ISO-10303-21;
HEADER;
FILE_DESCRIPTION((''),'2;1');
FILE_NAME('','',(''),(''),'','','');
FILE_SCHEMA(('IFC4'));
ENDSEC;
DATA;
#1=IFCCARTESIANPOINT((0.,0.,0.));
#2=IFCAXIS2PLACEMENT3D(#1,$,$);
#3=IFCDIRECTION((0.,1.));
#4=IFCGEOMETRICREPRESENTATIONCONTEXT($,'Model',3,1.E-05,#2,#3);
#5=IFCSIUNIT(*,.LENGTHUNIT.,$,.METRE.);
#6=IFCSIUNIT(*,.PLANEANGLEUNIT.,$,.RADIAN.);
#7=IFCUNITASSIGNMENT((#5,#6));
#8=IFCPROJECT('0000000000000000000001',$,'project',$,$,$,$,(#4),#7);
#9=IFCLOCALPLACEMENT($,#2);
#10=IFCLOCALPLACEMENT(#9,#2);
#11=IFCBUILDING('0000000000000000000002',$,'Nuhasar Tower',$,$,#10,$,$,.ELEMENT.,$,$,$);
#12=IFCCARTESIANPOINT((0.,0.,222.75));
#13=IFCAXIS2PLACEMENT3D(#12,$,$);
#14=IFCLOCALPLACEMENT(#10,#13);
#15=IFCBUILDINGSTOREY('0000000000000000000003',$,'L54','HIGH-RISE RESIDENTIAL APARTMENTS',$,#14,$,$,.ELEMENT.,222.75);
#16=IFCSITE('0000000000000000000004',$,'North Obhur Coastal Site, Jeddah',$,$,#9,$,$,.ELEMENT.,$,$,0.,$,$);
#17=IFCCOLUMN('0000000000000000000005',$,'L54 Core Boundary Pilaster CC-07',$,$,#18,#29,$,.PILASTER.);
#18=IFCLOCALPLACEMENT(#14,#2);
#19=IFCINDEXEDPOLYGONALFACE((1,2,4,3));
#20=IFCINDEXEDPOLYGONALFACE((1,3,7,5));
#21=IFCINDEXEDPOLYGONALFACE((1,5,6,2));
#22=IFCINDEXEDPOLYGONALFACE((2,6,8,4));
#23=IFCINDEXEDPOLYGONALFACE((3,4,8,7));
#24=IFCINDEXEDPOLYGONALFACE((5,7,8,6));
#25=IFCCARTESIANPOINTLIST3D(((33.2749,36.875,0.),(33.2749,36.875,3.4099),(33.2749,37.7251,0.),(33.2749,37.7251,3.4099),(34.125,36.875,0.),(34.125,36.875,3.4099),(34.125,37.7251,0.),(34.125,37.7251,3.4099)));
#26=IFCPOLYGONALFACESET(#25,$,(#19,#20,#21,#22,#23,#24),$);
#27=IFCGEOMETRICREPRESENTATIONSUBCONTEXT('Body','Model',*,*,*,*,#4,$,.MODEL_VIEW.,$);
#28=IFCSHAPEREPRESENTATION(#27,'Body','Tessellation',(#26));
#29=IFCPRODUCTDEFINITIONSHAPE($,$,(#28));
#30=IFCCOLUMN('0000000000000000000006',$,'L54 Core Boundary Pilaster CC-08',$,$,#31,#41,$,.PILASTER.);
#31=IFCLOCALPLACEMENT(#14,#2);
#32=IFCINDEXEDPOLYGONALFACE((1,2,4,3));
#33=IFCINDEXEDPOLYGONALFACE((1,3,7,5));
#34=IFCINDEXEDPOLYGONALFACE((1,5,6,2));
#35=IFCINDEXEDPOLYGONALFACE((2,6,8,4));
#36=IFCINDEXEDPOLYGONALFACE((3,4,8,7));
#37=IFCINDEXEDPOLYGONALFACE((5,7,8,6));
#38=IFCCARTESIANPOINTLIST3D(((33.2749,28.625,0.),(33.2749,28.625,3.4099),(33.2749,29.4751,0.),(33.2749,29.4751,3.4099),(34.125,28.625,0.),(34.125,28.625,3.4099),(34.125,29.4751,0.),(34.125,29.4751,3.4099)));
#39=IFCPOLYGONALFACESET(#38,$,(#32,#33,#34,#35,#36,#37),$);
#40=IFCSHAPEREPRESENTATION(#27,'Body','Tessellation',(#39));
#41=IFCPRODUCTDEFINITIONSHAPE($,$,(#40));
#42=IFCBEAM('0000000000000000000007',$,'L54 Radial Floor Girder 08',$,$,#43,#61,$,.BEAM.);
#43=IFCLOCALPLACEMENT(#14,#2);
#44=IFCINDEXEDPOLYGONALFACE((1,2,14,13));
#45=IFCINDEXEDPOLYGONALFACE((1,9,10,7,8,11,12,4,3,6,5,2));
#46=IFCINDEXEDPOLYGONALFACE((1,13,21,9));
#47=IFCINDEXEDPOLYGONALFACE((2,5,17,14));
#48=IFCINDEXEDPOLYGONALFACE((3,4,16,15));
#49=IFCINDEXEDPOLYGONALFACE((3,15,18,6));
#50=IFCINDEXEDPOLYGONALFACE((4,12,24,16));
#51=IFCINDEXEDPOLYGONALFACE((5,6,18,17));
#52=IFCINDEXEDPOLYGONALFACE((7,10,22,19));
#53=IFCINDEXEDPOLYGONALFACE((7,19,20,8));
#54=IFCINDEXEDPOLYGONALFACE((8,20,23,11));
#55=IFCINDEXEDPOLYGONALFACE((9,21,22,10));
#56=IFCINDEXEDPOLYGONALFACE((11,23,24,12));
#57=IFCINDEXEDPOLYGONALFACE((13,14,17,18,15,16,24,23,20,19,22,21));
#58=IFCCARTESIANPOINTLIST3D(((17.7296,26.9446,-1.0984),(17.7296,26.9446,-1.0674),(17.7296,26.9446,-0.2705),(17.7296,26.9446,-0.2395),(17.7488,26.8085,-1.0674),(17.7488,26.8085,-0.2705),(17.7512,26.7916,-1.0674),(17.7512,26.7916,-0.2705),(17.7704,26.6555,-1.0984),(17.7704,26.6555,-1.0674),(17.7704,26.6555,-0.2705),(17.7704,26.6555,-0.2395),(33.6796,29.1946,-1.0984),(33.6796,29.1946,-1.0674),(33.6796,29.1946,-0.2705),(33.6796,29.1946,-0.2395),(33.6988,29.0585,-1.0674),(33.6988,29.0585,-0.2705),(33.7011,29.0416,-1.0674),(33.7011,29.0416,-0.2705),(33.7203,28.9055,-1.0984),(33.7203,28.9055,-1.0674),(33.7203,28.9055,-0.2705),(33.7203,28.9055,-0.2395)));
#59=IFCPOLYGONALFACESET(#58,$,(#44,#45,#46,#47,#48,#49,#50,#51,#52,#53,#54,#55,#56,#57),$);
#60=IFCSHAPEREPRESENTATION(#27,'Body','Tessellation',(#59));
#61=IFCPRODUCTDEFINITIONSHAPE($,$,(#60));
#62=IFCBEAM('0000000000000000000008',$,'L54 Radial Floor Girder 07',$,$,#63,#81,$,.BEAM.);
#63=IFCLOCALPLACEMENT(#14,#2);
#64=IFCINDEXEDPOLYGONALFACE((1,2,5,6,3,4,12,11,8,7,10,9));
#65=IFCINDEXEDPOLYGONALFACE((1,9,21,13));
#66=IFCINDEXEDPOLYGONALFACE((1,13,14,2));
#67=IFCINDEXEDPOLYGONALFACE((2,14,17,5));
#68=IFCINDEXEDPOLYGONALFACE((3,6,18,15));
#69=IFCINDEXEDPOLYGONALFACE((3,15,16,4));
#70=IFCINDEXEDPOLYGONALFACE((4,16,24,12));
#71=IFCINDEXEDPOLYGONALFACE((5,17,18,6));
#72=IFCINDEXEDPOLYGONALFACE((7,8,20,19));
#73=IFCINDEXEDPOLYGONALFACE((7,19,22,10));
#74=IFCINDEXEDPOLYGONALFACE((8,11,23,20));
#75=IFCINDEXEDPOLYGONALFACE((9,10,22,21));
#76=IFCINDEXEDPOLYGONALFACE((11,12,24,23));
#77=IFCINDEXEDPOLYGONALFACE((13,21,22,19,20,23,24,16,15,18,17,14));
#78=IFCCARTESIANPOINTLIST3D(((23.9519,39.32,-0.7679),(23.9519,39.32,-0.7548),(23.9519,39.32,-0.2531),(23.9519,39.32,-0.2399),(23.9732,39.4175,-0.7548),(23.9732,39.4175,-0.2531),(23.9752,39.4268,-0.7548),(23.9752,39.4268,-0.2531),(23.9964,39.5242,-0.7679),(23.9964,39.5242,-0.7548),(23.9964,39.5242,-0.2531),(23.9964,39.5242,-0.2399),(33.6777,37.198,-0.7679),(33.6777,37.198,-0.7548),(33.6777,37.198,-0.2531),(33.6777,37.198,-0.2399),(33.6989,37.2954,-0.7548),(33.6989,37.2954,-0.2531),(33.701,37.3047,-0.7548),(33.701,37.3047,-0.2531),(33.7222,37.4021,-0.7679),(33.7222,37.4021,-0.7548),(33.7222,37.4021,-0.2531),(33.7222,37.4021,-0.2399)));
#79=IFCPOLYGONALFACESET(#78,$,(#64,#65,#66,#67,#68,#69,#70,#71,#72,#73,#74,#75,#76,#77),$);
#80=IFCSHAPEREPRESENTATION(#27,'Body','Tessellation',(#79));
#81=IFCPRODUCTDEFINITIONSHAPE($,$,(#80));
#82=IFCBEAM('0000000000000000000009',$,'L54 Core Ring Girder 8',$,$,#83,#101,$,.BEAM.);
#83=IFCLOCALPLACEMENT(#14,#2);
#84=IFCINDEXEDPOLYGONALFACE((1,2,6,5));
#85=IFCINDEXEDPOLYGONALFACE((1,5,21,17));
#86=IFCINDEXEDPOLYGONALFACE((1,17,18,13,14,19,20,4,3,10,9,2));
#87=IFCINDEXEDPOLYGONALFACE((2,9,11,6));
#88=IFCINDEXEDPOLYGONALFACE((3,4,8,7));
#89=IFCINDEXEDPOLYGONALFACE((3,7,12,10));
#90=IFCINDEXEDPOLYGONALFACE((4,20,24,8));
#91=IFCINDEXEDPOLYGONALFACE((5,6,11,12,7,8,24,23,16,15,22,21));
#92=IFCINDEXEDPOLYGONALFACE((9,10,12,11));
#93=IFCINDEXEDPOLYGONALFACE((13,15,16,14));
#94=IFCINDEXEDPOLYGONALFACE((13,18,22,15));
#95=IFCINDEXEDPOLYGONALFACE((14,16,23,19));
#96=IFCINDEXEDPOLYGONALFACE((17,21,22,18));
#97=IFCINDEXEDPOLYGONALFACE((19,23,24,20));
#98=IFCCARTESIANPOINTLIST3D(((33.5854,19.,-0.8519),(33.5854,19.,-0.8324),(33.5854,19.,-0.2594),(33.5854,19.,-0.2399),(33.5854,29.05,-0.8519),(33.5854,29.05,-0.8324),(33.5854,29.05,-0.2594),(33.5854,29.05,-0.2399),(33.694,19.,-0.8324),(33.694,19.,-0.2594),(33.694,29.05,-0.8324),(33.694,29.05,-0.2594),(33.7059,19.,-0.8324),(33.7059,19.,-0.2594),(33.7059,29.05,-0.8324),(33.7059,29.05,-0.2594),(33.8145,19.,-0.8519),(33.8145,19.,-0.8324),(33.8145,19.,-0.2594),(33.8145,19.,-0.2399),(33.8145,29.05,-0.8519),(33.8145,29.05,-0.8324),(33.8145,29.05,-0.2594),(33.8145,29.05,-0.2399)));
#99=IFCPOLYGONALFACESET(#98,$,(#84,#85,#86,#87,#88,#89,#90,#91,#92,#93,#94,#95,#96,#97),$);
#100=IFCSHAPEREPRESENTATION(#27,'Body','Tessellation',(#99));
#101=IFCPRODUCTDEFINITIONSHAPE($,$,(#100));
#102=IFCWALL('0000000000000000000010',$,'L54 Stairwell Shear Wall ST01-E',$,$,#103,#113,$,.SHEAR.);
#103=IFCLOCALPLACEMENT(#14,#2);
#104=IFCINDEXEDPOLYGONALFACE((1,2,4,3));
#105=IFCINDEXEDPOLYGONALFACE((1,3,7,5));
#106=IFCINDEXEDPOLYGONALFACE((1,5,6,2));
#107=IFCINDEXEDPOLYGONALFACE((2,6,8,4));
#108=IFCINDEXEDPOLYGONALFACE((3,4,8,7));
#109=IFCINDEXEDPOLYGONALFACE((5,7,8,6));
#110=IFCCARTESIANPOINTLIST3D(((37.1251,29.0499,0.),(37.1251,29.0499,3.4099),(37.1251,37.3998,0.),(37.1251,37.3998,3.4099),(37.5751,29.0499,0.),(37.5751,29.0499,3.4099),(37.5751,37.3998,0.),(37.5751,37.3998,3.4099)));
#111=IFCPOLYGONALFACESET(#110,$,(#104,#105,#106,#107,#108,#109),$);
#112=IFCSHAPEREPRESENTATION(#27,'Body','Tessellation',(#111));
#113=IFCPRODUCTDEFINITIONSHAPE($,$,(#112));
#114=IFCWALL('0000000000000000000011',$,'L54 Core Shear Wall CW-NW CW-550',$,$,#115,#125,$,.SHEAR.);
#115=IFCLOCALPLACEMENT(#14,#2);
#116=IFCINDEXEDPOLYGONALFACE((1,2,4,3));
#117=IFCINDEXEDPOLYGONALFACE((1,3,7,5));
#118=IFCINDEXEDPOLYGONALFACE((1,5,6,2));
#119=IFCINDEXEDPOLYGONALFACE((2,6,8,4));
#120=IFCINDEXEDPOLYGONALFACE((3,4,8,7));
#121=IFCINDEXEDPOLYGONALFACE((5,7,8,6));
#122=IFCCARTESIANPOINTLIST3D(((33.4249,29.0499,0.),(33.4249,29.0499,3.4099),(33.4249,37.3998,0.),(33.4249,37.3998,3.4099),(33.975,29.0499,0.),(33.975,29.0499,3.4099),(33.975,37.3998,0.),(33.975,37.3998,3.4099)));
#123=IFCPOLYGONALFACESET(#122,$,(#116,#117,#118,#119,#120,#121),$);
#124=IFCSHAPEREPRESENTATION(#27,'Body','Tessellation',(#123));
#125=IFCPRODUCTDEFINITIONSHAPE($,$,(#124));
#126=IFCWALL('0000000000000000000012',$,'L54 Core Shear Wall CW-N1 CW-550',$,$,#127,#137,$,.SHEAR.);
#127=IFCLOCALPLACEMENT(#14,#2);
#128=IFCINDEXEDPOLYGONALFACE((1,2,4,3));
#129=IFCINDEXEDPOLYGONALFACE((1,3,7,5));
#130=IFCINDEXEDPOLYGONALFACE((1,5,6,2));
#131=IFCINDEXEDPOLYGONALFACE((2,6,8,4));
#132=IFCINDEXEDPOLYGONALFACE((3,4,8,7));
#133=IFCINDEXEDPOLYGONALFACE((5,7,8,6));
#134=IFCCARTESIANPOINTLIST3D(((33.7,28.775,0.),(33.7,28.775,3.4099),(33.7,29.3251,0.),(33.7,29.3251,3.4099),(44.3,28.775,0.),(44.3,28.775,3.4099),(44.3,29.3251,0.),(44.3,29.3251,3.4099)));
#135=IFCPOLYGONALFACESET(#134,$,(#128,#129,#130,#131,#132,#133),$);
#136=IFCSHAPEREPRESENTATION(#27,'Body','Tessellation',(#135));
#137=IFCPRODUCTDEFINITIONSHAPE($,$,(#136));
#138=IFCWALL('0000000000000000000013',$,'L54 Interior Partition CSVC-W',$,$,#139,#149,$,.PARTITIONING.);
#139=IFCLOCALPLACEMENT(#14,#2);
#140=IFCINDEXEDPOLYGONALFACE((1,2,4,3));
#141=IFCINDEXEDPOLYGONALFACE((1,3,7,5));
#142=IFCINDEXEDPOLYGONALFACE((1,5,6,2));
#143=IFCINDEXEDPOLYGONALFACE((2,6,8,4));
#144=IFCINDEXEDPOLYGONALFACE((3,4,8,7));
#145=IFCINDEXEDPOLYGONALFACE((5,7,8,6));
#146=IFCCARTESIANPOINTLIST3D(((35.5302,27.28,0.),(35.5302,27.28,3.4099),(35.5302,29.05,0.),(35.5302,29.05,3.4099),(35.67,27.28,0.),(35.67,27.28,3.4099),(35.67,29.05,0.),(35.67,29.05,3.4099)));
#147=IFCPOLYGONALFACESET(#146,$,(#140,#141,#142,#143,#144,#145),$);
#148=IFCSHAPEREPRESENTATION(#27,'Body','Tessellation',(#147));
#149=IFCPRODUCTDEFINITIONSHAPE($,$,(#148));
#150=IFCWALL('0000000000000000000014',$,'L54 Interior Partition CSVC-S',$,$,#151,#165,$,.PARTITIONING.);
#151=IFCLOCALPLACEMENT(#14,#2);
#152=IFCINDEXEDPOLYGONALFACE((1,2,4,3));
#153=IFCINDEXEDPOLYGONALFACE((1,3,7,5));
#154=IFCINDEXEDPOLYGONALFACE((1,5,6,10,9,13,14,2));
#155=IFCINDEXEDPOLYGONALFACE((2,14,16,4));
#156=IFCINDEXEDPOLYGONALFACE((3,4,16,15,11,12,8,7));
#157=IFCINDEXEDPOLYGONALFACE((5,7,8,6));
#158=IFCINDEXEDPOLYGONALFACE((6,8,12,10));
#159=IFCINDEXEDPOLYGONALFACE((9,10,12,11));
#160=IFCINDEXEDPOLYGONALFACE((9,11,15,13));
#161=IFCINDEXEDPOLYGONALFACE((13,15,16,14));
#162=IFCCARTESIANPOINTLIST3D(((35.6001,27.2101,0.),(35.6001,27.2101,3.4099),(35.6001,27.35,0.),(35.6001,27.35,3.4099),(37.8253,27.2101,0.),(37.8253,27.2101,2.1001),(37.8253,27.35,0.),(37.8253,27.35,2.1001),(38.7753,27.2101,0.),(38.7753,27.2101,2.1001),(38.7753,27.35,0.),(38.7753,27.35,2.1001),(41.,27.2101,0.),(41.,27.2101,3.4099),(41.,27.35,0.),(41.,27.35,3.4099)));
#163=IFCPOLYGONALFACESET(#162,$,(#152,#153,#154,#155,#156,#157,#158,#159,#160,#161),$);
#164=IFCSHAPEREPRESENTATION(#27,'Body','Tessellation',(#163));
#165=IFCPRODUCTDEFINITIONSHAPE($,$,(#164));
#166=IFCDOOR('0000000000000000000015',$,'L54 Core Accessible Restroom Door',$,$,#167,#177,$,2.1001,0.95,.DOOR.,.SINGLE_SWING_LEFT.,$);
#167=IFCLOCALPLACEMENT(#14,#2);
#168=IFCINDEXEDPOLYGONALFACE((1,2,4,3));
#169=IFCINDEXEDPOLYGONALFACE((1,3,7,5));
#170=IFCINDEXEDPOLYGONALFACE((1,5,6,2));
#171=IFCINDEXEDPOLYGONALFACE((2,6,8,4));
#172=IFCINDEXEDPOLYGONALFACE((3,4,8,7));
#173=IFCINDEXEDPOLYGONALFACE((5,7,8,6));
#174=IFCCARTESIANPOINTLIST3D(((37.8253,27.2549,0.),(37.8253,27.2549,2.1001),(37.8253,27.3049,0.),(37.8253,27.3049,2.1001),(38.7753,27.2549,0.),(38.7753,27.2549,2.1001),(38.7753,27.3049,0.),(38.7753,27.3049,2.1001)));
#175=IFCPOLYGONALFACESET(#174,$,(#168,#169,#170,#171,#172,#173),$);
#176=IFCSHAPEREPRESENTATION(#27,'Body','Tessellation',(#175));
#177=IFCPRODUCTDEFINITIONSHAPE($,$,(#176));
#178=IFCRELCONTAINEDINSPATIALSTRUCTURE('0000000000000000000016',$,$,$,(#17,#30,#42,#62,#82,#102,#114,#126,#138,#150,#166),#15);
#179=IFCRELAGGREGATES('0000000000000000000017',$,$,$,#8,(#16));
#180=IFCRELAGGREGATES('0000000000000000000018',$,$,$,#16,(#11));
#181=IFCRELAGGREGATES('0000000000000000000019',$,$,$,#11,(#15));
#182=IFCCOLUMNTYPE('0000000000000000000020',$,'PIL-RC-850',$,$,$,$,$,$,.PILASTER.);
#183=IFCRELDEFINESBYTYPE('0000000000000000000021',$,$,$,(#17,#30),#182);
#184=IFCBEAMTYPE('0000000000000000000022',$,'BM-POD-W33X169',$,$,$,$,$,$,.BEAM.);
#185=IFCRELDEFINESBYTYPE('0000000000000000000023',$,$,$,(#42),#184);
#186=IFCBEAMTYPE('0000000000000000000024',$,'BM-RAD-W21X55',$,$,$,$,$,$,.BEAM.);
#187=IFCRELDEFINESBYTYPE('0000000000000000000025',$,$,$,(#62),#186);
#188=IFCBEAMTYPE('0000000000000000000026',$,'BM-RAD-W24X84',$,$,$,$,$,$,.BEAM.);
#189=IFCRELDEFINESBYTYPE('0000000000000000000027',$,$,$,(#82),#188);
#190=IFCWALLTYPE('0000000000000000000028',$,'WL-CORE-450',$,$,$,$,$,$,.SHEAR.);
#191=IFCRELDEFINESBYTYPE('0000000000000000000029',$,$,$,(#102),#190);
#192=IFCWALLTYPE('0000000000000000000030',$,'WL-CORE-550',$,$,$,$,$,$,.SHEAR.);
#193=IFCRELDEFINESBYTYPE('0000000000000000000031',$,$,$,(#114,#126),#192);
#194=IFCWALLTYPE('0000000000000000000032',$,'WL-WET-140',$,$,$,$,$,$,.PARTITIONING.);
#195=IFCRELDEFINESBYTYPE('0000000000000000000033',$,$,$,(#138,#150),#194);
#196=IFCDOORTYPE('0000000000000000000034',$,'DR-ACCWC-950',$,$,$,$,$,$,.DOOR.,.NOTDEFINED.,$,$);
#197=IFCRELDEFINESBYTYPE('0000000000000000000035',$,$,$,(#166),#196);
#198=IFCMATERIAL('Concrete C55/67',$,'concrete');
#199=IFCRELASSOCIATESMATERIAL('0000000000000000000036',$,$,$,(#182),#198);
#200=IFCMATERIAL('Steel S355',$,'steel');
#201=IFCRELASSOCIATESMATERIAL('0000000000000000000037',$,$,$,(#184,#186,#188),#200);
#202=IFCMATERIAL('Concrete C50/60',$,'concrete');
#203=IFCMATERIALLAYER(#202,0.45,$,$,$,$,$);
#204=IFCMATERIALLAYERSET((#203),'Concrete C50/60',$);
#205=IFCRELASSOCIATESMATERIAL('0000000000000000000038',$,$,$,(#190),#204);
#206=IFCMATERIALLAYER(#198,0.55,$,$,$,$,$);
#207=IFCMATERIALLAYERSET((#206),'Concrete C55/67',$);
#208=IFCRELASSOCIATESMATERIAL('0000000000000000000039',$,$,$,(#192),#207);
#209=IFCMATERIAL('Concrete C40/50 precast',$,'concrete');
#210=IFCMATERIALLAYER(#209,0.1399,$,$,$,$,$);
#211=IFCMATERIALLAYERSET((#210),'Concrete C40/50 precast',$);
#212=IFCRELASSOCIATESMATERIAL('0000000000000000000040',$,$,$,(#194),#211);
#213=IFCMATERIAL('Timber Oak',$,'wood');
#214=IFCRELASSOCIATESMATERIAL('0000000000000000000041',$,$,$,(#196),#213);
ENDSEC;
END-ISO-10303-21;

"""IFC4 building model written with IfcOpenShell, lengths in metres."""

from ifc_helpers import new_model, si_unit, direction, frame, frame_2d, origin, origin_2d, place, context, subcontext, project, spatial, rectangle, i_section, extrude, material, layer, layer_set, material_profile, profile_set, type_object, element, fill, save


model = new_model("IFC4")

# Units and contexts
model_context = context("Model", 3, precision=1e-05, world=origin(), true_north=direction((0.0, 1.0)))
body_context = subcontext(model_context, "Body", "Model", "MODEL_VIEW")
ifc_project = project(units=[si_unit("LENGTHUNIT", "METRE"), si_unit("PLANEANGLEUNIT", "RADIAN")], contexts=[model_context])

# Site, building, storey
site_placement = place(None, origin())
site = spatial("IfcSite", under=ifc_project, at=site_placement, Name="North Obhur Coastal Site, Jeddah", CompositionType="ELEMENT", RefElevation=0.0)
building_placement = place(site_placement, origin())
building = spatial("IfcBuilding", under=site, at=building_placement, Name="Nuhasar Tower", CompositionType="ELEMENT")
storey_placement = place(building_placement, frame((0.0, 0.0, 222.75)))
storey = spatial("IfcBuildingStorey", under=building, at=storey_placement, Name="L54", Description="HIGH-RISE RESIDENTIAL APARTMENTS", CompositionType="ELEMENT", Elevation=222.75)

# Columns
ifc_material_1 = material(Name="Concrete C55/67", Category="concrete")
ifc_material_profile_1 = material_profile(ifc_material_1, rectangle(XDim=0.8501, YDim=0.8501, at=origin_2d()), Name="RC850X850")
ifc_profile_set_1 = profile_set([ifc_material_profile_1], Name="Concrete C55/67")
column_type = type_object("IfcColumnType", Name="PIL-RC-850", PredefinedType="PILASTER", material=ifc_profile_set_1)
for number, where, z_axis, x_axis, name in (
    (1, (33.7, 37.3, 0.0), (0.0, 0.0, 1.0), (1.0, 0.0, 0.0), "L54 Core Boundary Pilaster CC-07"),
    (2, (33.7, 29.05, 0.0), (0.0, 0.0, 1.0), (1.0, 0.0, 0.0), "L54 Core Boundary Pilaster CC-08"),
):
    element("IfcColumn", number, at=place(storey_placement, frame(where, z_axis=z_axis, x_axis=x_axis)), inside=storey, type_object=column_type, Name=name, PredefinedType="PILASTER", context=body_context, shape_type="SweptSolid", body=[
        extrude(rectangle(XDim=0.8501, YDim=0.8501, at=origin_2d()), origin(), (0.0, 0.0, 1.0), 3.4099),
    ])

# Beams
ifc_material_2 = material(Name="Steel S355", Category="steel")
ifc_material_profile_2 = material_profile(ifc_material_2, i_section(OverallWidth=0.292, OverallDepth=0.8589, WebThickness=0.0171, FlangeThickness=0.031, at=origin_2d()), Name="W33X169")
ifc_profile_set_2 = profile_set([ifc_material_profile_2], Name="Steel S355")
beam_type_1 = type_object("IfcBeamType", Name="BM-POD-W33X169", PredefinedType="BEAM", material=ifc_profile_set_2)
beam_1_placement = place(storey_placement, frame((33.7, 29.05, -0.6689), z_axis=(-0.990196, -0.139683, 0.0), x_axis=(0.139683, -0.990196, 0.0)))
element("IfcBeam", 3, at=beam_1_placement, inside=storey, type_object=beam_type_1, Name="L54 Radial Floor Girder 08", PredefinedType="BEAM", context=body_context, shape_type="SweptSolid", body=[
    extrude(i_section(OverallWidth=0.292, OverallDepth=0.8589, WebThickness=0.0171, FlangeThickness=0.031, at=origin_2d()), origin(), (0.0, 0.0, 1.0), 16.1079),
])
ifc_material_profile_3 = material_profile(ifc_material_2, i_section(OverallWidth=0.209, OverallDepth=0.5281, WebThickness=0.0095, FlangeThickness=0.0132, at=origin_2d()), Name="W21X55")
ifc_profile_set_3 = profile_set([ifc_material_profile_3], Name="Steel S355")
beam_type_2 = type_object("IfcBeamType", Name="BM-RAD-W21X55", PredefinedType="BEAM", material=ifc_profile_set_3)
beam_2_placement = place(storey_placement, frame((33.7, 37.3, -0.5039), z_axis=(-0.977014, 0.213174, 0.0), x_axis=(-0.213174, -0.977014, 0.0)))
element("IfcBeam", 4, at=beam_2_placement, inside=storey, type_object=beam_type_2, Name="L54 Radial Floor Girder 07", PredefinedType="BEAM", context=body_context, shape_type="SweptSolid", body=[
    extrude(i_section(OverallWidth=0.209, OverallDepth=0.5281, WebThickness=0.0095, FlangeThickness=0.0132, at=origin_2d()), origin(), (0.0, 0.0, 1.0), 9.9546),
])
ifc_material_profile_4 = material_profile(ifc_material_2, i_section(OverallWidth=0.229, OverallDepth=0.6121, WebThickness=0.012, FlangeThickness=0.0195, at=origin_2d()), Name="W24X84")
ifc_profile_set_4 = profile_set([ifc_material_profile_4], Name="Steel S355")
beam_type_3 = type_object("IfcBeamType", Name="BM-RAD-W24X84", PredefinedType="BEAM", material=ifc_profile_set_4)
beam_3_placement = place(storey_placement, frame((33.7, 29.05, -0.5459), z_axis=(0.0, -1.0, 0.0), x_axis=(1.0, 0.0, 0.0)))
element("IfcBeam", 5, at=beam_3_placement, inside=storey, type_object=beam_type_3, Name="L54 Core Ring Girder 8", PredefinedType="BEAM", context=body_context, shape_type="SweptSolid", body=[
    extrude(i_section(OverallWidth=0.229, OverallDepth=0.6121, WebThickness=0.012, FlangeThickness=0.0195, at=origin_2d()), origin(), (0.0, 0.0, 1.0), 10.05),
])

# Walls
ifc_material_3 = material(Name="Concrete C50/60", Category="concrete")
ifc_layer_1 = layer(ifc_material_3, 0.45)
ifc_layer_set_1 = layer_set([ifc_layer_1], Name="Concrete C50/60")
wall_type_1 = type_object("IfcWallType", Name="WL-CORE-450", PredefinedType="SHEAR", material=ifc_layer_set_1)
wall_1_placement = place(storey_placement, frame((37.3501, 29.05, 0.0), z_axis=(0.0, 0.0, 1.0), x_axis=(0.0, 1.0, 0.0)))
element("IfcWall", 6, at=wall_1_placement, inside=storey, type_object=wall_type_1, Name="L54 Stairwell Shear Wall ST01-E", PredefinedType="SHEAR", context=body_context, shape_type="SweptSolid", body=[
    extrude(rectangle(XDim=8.3499, YDim=0.45, at=frame_2d((4.1748, 0.0))), origin(), (0.0, 0.0, 1.0), 3.4099),
])
ifc_layer_2 = layer(ifc_material_1, 0.55)
ifc_layer_set_2 = layer_set([ifc_layer_2], Name="Concrete C55/67")
wall_type_2 = type_object("IfcWallType", Name="WL-CORE-550", PredefinedType="SHEAR", material=ifc_layer_set_2)
wall_2_placement = place(storey_placement, frame((33.7, 29.05, 0.0), z_axis=(0.0, 0.0, 1.0), x_axis=(0.0, 1.0, 0.0)))
element("IfcWall", 7, at=wall_2_placement, inside=storey, type_object=wall_type_2, Name="L54 Core Shear Wall CW-NW CW-550", PredefinedType="SHEAR", context=body_context, shape_type="SweptSolid", body=[
    extrude(rectangle(XDim=8.3499, YDim=0.55, at=frame_2d((4.1748, 0.0))), origin(), (0.0, 0.0, 1.0), 3.4099),
])
wall_3_placement = place(storey_placement, frame((33.7, 29.05, 0.0), z_axis=(0.0, 0.0, 1.0), x_axis=(1.0, 0.0, 0.0)))
element("IfcWall", 8, at=wall_3_placement, inside=storey, type_object=wall_type_2, Name="L54 Core Shear Wall CW-N1 CW-550", PredefinedType="SHEAR", context=body_context, shape_type="SweptSolid", body=[
    extrude(rectangle(XDim=10.6001, YDim=0.55, at=frame_2d((5.3, 0.0))), origin(), (0.0, 0.0, 1.0), 3.4099),
])
ifc_material_4 = material(Name="Concrete C40/50 precast", Category="concrete")
ifc_layer_3 = layer(ifc_material_4, 0.1399)
ifc_layer_set_3 = layer_set([ifc_layer_3], Name="Concrete C40/50 precast")
wall_type_3 = type_object("IfcWallType", Name="WL-WET-140", PredefinedType="PARTITIONING", material=ifc_layer_set_3)
wall_4_placement = place(storey_placement, frame((35.6001, 27.28, 0.0), z_axis=(0.0, 0.0, 1.0), x_axis=(0.0, 1.0, 0.0)))
element("IfcWall", 9, at=wall_4_placement, inside=storey, type_object=wall_type_3, Name="L54 Interior Partition CSVC-W", PredefinedType="PARTITIONING", context=body_context, shape_type="SweptSolid", body=[
    extrude(rectangle(XDim=1.77, YDim=0.1399, at=frame_2d((0.885, 0.0))), origin(), (0.0, 0.0, 1.0), 3.4099),
])

# Wall, opening, door
wall_5_placement = place(storey_placement, frame((35.6001, 27.28, 0.0), z_axis=(0.0, 0.0, 1.0), x_axis=(1.0, 0.0, 0.0)))
wall_5 = element("IfcWall", 10, at=wall_5_placement, inside=storey, type_object=wall_type_3, Name="L54 Interior Partition CSVC-S", PredefinedType="PARTITIONING", context=body_context, shape_type="SweptSolid", body=[
    extrude(rectangle(XDim=5.3999, YDim=0.1399, at=frame_2d((2.7, 0.0))), origin(), (0.0, 0.0, 1.0), 3.4099),
])
opening_1_placement = place(wall_5_placement, frame((2.2251, 0.0, 0.0)))
opening_1 = element("IfcOpeningElement", 11, at=opening_1_placement, cuts=wall_5, PredefinedType="OPENING", context=body_context, shape_type="SweptSolid", body=[
    extrude(rectangle(XDim=0.95, YDim=2.1001, at=frame_2d((0.4751, 1.05))), frame((0.0, 0.0801, 0.0), z_axis=(0.0, -1.0, 0.0), x_axis=(1.0, 0.0, 0.0)), (0.0, 0.0, 1.0), 0.1599),
])
ifc_material_5 = material(Name="Timber Oak", Category="wood")
door_type_1 = type_object("IfcDoorType", Name="DR-ACCWC-950", OperationType="NOTDEFINED", PredefinedType="DOOR", material=ifc_material_5)
door_1_placement = place(opening_1_placement, origin())
door_1 = element("IfcDoor", 12, at=door_1_placement, inside=storey, type_object=door_type_1, Name="L54 Core Accessible Restroom Door", OperationType="SINGLE_SWING_LEFT", OverallHeight=2.1001, OverallWidth=0.95, PredefinedType="DOOR", context=body_context, shape_type="SweptSolid", body=[
    extrude(rectangle(XDim=0.95, YDim=2.1001, at=frame_2d((0.4751, 1.05))), frame((0.0, 0.0249, 0.0), z_axis=(0.0, -1.0, 0.0), x_axis=(1.0, 0.0, 0.0)), (0.0, 0.0, 1.0), 0.05),
])
fill(opening_1, door_1)

save(model, "model.ifc")
